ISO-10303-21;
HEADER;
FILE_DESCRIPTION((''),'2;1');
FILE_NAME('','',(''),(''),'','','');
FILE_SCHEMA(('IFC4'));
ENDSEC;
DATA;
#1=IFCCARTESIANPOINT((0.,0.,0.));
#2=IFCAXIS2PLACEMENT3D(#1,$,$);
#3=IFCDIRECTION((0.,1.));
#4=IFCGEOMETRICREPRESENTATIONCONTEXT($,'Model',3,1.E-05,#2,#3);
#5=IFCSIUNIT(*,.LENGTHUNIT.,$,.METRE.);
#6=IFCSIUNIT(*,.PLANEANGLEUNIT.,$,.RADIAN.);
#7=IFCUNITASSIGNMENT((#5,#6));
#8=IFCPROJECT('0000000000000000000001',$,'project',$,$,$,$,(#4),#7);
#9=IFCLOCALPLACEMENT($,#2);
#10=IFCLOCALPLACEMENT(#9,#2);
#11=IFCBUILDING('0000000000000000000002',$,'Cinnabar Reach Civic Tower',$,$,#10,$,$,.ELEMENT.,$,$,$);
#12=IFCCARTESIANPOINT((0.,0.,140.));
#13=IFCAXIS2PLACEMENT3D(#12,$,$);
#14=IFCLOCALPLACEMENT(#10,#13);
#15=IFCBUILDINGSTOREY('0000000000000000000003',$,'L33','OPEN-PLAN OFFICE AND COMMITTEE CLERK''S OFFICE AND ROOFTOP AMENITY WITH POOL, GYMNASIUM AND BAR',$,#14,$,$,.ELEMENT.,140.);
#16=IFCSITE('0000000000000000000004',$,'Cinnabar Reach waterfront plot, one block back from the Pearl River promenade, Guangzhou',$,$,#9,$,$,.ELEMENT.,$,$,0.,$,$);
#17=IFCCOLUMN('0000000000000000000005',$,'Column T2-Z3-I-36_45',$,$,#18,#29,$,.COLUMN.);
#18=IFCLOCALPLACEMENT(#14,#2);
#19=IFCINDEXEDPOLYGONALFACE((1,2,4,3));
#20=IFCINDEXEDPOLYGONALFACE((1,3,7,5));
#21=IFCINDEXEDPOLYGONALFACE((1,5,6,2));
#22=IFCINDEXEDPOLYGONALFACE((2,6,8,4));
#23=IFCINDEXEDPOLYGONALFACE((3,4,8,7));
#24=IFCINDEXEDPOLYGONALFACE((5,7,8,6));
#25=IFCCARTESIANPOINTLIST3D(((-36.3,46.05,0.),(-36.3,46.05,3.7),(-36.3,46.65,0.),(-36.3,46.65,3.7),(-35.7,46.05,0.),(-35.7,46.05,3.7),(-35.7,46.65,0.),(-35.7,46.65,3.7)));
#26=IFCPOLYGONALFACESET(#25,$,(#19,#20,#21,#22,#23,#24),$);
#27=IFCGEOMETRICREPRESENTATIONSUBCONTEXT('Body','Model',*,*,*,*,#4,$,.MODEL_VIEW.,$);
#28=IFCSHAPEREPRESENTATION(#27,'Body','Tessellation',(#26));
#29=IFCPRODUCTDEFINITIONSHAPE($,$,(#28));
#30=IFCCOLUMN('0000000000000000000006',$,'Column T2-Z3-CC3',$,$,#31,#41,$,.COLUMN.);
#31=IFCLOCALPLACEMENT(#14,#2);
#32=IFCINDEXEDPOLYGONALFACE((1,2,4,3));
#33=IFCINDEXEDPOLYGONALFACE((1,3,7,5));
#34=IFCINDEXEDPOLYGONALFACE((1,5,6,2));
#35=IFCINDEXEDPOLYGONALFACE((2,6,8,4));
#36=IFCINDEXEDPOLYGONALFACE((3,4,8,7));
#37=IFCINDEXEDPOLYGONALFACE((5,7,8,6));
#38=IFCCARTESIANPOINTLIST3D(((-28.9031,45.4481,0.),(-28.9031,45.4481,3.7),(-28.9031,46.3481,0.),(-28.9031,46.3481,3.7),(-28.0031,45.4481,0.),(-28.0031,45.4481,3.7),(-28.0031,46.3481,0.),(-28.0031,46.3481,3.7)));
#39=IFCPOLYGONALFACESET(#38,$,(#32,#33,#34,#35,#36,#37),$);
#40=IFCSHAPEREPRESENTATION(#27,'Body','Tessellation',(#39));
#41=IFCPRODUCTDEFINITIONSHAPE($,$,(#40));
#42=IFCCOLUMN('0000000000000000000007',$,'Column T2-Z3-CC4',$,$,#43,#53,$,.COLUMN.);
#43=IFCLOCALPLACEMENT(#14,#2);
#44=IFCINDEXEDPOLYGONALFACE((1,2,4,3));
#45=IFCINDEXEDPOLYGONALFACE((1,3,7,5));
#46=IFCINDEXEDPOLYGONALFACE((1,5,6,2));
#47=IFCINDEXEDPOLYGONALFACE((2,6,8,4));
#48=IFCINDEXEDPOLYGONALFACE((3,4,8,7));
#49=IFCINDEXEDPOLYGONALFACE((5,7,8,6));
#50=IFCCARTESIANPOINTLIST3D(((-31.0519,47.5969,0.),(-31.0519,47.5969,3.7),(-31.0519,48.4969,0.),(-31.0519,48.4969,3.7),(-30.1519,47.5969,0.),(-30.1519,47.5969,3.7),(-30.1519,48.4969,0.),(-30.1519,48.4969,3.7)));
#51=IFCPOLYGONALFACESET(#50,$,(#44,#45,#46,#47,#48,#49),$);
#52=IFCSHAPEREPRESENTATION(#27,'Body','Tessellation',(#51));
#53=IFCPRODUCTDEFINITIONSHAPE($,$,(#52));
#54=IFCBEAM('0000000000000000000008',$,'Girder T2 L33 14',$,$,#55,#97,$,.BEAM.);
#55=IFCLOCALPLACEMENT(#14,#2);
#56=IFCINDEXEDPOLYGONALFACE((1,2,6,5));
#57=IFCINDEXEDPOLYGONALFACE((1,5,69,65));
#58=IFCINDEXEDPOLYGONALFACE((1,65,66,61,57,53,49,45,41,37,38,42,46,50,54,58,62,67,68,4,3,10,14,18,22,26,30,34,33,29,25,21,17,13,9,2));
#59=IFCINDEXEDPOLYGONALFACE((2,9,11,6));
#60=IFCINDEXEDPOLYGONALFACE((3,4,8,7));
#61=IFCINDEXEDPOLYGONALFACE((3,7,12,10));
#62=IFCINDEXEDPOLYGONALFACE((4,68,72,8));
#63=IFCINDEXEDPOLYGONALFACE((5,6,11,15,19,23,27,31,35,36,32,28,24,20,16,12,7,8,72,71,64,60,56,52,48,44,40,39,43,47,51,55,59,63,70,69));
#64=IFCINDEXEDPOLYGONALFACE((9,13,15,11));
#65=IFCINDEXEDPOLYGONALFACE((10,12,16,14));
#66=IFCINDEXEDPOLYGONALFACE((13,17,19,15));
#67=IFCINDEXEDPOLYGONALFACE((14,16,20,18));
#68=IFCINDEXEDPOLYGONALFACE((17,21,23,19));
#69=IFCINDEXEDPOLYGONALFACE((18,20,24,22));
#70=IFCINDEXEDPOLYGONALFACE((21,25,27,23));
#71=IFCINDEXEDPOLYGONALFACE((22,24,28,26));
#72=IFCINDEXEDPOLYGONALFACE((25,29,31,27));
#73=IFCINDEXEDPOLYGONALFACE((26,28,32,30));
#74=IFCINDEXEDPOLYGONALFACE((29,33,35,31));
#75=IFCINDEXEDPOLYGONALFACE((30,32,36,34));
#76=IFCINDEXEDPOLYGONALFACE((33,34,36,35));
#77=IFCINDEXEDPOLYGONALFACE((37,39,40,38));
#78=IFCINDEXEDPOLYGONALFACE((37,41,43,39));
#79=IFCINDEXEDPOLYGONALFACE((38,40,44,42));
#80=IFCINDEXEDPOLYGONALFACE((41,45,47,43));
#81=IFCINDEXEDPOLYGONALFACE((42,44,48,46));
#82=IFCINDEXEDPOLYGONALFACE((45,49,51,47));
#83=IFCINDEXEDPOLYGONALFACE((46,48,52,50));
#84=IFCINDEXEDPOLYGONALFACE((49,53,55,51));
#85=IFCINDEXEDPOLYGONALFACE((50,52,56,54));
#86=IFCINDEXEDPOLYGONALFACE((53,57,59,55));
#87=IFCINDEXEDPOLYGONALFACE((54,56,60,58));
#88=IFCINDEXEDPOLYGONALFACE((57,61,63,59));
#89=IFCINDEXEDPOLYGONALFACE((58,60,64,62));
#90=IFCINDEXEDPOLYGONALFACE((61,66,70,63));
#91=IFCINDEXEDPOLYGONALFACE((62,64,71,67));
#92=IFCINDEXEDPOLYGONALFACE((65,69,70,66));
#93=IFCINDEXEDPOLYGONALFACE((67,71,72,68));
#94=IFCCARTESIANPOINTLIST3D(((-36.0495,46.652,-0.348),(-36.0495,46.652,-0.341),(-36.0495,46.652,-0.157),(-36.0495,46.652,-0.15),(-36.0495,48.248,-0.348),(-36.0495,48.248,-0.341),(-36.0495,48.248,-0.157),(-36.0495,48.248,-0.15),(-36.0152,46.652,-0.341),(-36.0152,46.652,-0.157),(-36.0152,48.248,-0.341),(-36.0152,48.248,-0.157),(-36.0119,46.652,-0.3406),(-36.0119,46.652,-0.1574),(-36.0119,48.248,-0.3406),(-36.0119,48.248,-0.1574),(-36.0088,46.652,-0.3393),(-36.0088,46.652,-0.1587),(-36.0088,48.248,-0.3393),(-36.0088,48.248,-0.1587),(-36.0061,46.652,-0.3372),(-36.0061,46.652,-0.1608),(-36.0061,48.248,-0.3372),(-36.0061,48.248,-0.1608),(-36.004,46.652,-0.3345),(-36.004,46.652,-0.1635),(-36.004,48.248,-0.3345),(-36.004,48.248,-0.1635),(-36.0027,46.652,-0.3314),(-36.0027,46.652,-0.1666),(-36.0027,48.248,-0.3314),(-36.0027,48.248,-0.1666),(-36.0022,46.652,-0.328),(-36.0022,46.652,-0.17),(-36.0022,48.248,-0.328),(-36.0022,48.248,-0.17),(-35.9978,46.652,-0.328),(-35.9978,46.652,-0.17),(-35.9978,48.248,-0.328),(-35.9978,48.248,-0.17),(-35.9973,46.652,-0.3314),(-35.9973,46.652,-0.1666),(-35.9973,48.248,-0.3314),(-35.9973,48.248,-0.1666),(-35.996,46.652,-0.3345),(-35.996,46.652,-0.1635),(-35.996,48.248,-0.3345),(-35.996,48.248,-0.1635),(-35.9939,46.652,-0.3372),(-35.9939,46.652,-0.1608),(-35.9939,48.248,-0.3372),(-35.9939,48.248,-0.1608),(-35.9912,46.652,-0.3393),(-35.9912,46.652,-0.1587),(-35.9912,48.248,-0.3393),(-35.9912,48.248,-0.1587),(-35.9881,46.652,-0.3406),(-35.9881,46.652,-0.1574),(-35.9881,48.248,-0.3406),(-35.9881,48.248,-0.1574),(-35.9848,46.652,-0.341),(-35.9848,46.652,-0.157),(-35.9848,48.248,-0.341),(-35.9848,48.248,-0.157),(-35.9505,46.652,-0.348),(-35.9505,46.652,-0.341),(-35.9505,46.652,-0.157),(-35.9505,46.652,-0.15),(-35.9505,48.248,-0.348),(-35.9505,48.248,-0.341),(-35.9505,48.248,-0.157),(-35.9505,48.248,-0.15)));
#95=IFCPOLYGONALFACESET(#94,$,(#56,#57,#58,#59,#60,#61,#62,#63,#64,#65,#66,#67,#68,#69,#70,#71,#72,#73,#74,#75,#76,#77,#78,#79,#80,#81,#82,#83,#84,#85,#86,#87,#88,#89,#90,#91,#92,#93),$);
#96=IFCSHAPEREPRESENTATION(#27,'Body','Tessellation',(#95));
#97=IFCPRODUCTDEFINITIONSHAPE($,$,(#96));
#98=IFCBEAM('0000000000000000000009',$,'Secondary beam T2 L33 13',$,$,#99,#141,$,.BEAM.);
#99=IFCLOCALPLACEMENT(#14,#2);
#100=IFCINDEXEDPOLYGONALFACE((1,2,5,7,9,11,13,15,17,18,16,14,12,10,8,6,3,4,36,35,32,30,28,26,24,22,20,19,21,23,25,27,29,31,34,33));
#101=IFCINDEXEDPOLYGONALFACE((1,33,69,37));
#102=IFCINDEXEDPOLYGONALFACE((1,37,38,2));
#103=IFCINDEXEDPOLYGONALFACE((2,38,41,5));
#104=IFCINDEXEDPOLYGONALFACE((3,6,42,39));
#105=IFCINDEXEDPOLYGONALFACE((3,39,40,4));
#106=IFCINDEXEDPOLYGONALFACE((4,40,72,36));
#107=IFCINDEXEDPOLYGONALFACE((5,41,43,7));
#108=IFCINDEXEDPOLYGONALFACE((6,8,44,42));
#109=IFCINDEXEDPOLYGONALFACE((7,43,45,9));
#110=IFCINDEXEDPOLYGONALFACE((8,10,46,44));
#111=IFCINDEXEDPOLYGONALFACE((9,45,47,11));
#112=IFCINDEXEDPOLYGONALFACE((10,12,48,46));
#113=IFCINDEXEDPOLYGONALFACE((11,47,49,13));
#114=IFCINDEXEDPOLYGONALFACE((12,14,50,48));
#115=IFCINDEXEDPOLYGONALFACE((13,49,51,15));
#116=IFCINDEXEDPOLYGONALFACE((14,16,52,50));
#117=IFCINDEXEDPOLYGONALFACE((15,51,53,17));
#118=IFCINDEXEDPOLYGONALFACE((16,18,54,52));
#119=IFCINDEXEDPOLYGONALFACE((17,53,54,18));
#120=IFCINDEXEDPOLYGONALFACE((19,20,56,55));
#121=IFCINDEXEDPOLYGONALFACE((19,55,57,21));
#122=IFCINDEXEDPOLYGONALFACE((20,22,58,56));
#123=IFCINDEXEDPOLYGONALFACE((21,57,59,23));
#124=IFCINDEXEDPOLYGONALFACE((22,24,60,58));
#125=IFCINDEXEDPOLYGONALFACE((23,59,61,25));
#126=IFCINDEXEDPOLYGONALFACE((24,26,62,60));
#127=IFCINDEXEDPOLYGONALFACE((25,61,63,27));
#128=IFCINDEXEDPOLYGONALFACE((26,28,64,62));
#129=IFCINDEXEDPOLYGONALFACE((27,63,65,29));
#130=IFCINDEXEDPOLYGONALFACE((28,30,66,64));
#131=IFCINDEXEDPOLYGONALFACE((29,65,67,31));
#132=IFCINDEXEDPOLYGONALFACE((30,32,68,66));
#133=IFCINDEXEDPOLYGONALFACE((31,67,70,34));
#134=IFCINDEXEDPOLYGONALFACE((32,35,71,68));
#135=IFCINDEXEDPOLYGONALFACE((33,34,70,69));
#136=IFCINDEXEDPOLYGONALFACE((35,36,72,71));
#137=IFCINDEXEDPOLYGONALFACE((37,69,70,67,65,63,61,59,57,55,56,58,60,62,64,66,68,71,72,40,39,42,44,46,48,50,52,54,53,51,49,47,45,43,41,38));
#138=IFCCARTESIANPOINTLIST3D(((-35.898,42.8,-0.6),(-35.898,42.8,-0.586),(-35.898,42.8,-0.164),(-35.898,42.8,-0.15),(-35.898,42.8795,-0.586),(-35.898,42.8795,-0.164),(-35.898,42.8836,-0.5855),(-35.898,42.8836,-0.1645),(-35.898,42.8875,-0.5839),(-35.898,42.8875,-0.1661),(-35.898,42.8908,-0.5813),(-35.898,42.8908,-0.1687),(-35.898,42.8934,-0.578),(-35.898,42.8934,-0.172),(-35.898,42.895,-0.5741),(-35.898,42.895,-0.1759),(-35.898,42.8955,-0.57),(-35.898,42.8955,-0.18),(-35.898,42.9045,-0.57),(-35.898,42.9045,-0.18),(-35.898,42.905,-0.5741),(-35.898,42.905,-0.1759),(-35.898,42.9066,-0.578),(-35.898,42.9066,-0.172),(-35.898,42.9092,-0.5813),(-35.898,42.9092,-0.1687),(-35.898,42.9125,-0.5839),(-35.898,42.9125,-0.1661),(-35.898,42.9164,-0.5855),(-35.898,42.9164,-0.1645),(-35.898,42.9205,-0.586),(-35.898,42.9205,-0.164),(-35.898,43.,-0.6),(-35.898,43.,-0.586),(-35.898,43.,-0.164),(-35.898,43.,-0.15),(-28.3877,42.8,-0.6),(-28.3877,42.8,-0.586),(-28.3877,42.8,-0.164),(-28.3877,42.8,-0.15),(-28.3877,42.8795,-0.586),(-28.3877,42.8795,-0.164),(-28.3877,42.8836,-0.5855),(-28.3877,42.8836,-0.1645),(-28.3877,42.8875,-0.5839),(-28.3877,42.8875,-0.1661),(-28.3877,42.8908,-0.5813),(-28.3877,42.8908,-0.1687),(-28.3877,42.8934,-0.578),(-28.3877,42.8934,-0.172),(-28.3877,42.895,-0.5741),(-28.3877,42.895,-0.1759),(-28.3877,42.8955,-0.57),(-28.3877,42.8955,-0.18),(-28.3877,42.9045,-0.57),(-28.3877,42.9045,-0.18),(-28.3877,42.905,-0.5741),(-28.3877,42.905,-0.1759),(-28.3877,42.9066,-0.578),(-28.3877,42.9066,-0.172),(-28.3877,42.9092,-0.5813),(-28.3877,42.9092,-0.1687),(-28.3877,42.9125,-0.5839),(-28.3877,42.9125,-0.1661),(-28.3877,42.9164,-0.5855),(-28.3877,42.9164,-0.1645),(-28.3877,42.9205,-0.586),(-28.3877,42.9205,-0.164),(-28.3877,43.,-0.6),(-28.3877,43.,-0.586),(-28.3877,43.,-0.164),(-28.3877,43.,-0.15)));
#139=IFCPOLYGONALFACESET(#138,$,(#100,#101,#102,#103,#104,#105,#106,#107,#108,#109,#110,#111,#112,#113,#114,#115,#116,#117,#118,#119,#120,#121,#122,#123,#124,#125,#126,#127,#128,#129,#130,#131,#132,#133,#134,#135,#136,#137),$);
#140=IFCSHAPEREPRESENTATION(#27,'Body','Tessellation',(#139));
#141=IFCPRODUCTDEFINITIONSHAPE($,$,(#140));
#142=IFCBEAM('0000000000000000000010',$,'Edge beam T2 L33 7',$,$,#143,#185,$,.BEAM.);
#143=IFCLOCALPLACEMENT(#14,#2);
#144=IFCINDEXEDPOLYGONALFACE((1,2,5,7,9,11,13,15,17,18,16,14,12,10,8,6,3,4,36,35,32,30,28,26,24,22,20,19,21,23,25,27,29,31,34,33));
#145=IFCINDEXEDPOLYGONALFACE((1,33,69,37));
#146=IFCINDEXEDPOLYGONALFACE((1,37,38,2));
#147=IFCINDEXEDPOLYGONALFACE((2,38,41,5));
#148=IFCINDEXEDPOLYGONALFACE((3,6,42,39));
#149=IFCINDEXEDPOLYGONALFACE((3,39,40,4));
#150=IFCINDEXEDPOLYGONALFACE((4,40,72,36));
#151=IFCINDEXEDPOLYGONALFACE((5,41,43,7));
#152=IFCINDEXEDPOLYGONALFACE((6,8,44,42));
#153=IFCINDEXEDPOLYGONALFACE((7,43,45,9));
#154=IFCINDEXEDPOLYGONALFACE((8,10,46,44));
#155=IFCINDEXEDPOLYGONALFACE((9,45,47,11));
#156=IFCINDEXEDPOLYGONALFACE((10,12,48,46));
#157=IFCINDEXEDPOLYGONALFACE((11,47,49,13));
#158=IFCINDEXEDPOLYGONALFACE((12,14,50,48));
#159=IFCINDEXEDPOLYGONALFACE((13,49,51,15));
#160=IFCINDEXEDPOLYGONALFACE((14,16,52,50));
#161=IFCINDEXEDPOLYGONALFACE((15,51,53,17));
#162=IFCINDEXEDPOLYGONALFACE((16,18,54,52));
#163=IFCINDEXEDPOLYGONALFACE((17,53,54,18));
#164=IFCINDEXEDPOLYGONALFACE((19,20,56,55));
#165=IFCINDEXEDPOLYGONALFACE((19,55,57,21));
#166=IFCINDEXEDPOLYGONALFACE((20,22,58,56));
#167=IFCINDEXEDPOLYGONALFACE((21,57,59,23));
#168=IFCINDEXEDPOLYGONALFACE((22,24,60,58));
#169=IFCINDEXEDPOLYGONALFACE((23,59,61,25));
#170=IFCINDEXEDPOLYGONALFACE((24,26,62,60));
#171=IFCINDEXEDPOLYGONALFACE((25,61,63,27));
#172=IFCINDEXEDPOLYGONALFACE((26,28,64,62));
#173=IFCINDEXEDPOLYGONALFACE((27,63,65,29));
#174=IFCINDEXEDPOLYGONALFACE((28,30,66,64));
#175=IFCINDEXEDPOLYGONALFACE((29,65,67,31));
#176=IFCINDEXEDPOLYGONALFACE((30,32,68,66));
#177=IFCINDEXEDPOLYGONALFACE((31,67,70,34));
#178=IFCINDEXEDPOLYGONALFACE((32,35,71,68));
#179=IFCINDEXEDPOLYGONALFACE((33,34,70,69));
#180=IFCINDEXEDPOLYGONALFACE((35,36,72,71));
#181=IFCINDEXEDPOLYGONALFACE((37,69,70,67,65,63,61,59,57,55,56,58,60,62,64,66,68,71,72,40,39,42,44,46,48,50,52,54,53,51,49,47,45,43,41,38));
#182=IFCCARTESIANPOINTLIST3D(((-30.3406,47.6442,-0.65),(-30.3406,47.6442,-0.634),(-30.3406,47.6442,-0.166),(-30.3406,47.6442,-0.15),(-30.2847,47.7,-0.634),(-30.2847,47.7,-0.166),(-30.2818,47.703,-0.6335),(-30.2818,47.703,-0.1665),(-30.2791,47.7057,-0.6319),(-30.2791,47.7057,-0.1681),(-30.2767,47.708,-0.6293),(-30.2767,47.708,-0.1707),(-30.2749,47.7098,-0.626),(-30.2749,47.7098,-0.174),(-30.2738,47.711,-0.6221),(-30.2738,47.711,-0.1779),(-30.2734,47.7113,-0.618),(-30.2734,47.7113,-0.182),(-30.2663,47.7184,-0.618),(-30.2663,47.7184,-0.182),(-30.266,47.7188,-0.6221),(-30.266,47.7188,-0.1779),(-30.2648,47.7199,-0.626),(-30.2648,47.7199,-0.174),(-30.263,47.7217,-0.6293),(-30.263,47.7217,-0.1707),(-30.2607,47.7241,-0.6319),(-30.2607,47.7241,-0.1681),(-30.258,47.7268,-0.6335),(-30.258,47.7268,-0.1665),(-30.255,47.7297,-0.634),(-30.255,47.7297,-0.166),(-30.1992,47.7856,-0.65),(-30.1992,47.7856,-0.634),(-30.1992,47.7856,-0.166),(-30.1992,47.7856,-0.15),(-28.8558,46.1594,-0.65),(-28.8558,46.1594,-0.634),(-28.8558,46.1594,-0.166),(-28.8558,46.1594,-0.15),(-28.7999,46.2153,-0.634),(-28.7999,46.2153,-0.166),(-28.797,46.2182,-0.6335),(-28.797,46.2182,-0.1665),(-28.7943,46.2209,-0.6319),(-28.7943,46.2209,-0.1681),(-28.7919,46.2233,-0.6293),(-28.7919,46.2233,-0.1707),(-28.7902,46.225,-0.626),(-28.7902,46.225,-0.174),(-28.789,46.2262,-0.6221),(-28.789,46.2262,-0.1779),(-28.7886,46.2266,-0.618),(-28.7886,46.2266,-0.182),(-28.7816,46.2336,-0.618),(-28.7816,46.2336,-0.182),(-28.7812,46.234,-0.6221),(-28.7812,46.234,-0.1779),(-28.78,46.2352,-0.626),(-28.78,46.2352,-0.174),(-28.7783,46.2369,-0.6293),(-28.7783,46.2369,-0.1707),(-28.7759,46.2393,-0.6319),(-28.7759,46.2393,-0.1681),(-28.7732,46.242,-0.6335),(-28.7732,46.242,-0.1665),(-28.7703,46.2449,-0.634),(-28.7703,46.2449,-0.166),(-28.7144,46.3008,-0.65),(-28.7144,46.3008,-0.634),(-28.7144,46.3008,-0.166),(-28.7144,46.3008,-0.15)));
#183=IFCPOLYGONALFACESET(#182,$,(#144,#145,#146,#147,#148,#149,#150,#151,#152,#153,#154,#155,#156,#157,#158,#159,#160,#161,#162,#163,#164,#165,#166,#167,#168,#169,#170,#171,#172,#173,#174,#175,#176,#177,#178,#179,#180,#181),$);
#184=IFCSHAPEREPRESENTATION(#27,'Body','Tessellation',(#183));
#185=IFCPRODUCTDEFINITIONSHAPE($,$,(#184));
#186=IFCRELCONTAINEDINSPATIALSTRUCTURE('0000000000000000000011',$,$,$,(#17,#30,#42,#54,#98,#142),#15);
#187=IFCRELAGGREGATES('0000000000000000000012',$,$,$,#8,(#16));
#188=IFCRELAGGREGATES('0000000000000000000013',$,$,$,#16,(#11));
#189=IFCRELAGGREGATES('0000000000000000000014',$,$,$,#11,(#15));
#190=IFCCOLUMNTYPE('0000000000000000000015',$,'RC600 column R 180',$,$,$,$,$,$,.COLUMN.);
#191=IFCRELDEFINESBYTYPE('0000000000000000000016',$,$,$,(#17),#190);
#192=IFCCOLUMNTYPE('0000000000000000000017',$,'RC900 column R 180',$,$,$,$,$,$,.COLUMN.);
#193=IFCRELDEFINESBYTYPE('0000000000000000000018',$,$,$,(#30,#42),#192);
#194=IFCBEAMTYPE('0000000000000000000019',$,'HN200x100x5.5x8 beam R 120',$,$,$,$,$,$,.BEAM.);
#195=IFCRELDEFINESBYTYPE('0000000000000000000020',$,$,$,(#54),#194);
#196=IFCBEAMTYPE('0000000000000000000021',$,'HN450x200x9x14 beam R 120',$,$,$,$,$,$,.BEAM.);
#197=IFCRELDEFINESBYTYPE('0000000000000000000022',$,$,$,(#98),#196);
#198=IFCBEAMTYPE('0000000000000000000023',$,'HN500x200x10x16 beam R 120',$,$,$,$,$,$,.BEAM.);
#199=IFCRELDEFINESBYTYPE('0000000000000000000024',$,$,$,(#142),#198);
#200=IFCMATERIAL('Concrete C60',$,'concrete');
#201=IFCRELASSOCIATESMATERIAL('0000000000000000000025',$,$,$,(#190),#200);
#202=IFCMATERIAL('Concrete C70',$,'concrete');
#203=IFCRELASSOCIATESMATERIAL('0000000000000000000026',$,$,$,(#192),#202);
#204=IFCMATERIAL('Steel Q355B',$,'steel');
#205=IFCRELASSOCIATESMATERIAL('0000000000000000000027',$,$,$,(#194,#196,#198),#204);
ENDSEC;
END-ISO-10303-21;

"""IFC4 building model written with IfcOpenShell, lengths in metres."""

from ifc_helpers import new_model, si_unit, direction, frame, origin, origin_2d, place, context, subcontext, project, spatial, rectangle, i_section, extrude, material, material_profile, profile_set, type_object, element, save


model = new_model("IFC4")

# Units and contexts
model_context = context("Model", 3, precision=1e-05, world=origin(), true_north=direction((0.0, 1.0)))
body_context = subcontext(model_context, "Body", "Model", "MODEL_VIEW")
ifc_project = project(units=[si_unit("LENGTHUNIT", "METRE"), si_unit("PLANEANGLEUNIT", "RADIAN")], contexts=[model_context])

# Site, building, storey
site_placement = place(None, origin())
site = spatial("IfcSite", under=ifc_project, at=site_placement, Name="Cinnabar Reach waterfront plot, one block back from the Pearl River promenade, Guangzhou", CompositionType="ELEMENT", RefElevation=0.0)
building_placement = place(site_placement, origin())
building = spatial("IfcBuilding", under=site, at=building_placement, Name="Cinnabar Reach Civic Tower", CompositionType="ELEMENT")
storey_placement = place(building_placement, frame((0.0, 0.0, 140.0)))
storey = spatial("IfcBuildingStorey", under=building, at=storey_placement, Name="L33", Description="OPEN-PLAN OFFICE AND COMMITTEE CLERK'S OFFICE AND ROOFTOP AMENITY WITH POOL, GYMNASIUM AND BAR", CompositionType="ELEMENT", Elevation=140.0)

# Columns
ifc_material_1 = material(Name="Concrete C60", Category="concrete")
ifc_material_profile_1 = material_profile(ifc_material_1, rectangle(XDim=0.6, YDim=0.6, at=origin_2d()), Name="RC600")
ifc_profile_set_1 = profile_set([ifc_material_profile_1], Name="Concrete C60")
column_type_1 = type_object("IfcColumnType", Name="RC600 column R 180", PredefinedType="COLUMN", material=ifc_profile_set_1)
column_placement = place(storey_placement, frame((-36.0, 46.35, 0.0), z_axis=(0.0, 0.0, 1.0), x_axis=(1.0, 0.0, 0.0)))
element("IfcColumn", 1, at=column_placement, inside=storey, type_object=column_type_1, Name="Column T2-Z3-I-36_45", PredefinedType="COLUMN", context=body_context, shape_type="SweptSolid", body=[
    extrude(rectangle(XDim=0.6, YDim=0.6, at=origin_2d()), origin(), (0.0, 0.0, 1.0), 3.7),
])
ifc_material_2 = material(Name="Concrete C70", Category="concrete")
ifc_material_profile_2 = material_profile(ifc_material_2, rectangle(XDim=0.9, YDim=0.9, at=origin_2d()), Name="RC900")
ifc_profile_set_2 = profile_set([ifc_material_profile_2], Name="Concrete C70")
column_type_2 = type_object("IfcColumnType", Name="RC900 column R 180", PredefinedType="COLUMN", material=ifc_profile_set_2)
for number, where, z_axis, x_axis, name in (
    (2, (-28.4531, 45.8981, 0.0), (0.0, 0.0, 1.0), (1.0, 0.0, 0.0), "Column T2-Z3-CC3"),
    (3, (-30.6019, 48.0469, 0.0), (0.0, 0.0, 1.0), (1.0, 0.0, 0.0), "Column T2-Z3-CC4"),
):
    element("IfcColumn", number, at=place(storey_placement, frame(where, z_axis=z_axis, x_axis=x_axis)), inside=storey, type_object=column_type_2, Name=name, PredefinedType="COLUMN", context=body_context, shape_type="SweptSolid", body=[
        extrude(rectangle(XDim=0.9, YDim=0.9, at=origin_2d()), origin(), (0.0, 0.0, 1.0), 3.7),
    ])

# Beams
ifc_material_3 = material(Name="Steel Q355B", Category="steel")
ifc_material_profile_3 = material_profile(ifc_material_3, i_section(OverallWidth=0.099, OverallDepth=0.198, WebThickness=0.0045, FlangeThickness=0.007, FilletRadius=0.013, at=origin_2d()), Name="HN200x100x5.5x8")
ifc_profile_set_3 = profile_set([ifc_material_profile_3], Name="Steel Q355B")
beam_type_1 = type_object("IfcBeamType", Name="HN200x100x5.5x8 beam R 120", PredefinedType="BEAM", material=ifc_profile_set_3)
beam_1_placement = place(storey_placement, frame((-36.0, 46.652, -0.249), z_axis=(0.0, 1.0, 0.0), x_axis=(-1.0, 0.0, 0.0)))
element("IfcBeam", 4, at=beam_1_placement, inside=storey, type_object=beam_type_1, Name="Girder T2 L33 14", PredefinedType="BEAM", context=body_context, shape_type="SweptSolid", body=[
    extrude(i_section(OverallWidth=0.099, OverallDepth=0.198, WebThickness=0.0045, FlangeThickness=0.007, FilletRadius=0.013, at=origin_2d()), origin(), (0.0, 0.0, 1.0), 1.596),
])
ifc_material_profile_4 = material_profile(ifc_material_3, i_section(OverallWidth=0.2, OverallDepth=0.45, WebThickness=0.009, FlangeThickness=0.014, FilletRadius=0.016, at=origin_2d()), Name="HN450x200x9x14")
ifc_profile_set_4 = profile_set([ifc_material_profile_4], Name="Steel Q355B")
beam_type_2 = type_object("IfcBeamType", Name="HN450x200x9x14 beam R 120", PredefinedType="BEAM", material=ifc_profile_set_4)
beam_2_placement = place(storey_placement, frame((-35.898, 42.9, -0.375), z_axis=(1.0, 0.0, 0.0), x_axis=(0.0, 1.0, 0.0)))
element("IfcBeam", 5, at=beam_2_placement, inside=storey, type_object=beam_type_2, Name="Secondary beam T2 L33 13", PredefinedType="BEAM", context=body_context, shape_type="SweptSolid", body=[
    extrude(i_section(OverallWidth=0.2, OverallDepth=0.45, WebThickness=0.009, FlangeThickness=0.014, FilletRadius=0.016, at=origin_2d()), origin(), (0.0, 0.0, 1.0), 7.5103),
])
ifc_material_profile_5 = material_profile(ifc_material_3, i_section(OverallWidth=0.2, OverallDepth=0.5, WebThickness=0.01, FlangeThickness=0.016, FilletRadius=0.016, at=origin_2d()), Name="HN500x200x10x16")
ifc_profile_set_5 = profile_set([ifc_material_profile_5], Name="Steel Q355B")
beam_type_3 = type_object("IfcBeamType", Name="HN500x200x10x16 beam R 120", PredefinedType="BEAM", material=ifc_profile_set_5)
beam_3_placement = place(storey_placement, frame((-28.7851, 46.2301, -0.4), z_axis=(-0.707107, 0.707107, 0.0), x_axis=(-0.707107, -0.707107, 0.0)))
element("IfcBeam", 6, at=beam_3_placement, inside=storey, type_object=beam_type_3, Name="Edge beam T2 L33 7", PredefinedType="BEAM", context=body_context, shape_type="SweptSolid", body=[
    extrude(i_section(OverallWidth=0.2, OverallDepth=0.5, WebThickness=0.01, FlangeThickness=0.016, FilletRadius=0.016, at=origin_2d()), origin(), (0.0, 0.0, 1.0), 2.0998),
])

save(model, "model.ifc")
